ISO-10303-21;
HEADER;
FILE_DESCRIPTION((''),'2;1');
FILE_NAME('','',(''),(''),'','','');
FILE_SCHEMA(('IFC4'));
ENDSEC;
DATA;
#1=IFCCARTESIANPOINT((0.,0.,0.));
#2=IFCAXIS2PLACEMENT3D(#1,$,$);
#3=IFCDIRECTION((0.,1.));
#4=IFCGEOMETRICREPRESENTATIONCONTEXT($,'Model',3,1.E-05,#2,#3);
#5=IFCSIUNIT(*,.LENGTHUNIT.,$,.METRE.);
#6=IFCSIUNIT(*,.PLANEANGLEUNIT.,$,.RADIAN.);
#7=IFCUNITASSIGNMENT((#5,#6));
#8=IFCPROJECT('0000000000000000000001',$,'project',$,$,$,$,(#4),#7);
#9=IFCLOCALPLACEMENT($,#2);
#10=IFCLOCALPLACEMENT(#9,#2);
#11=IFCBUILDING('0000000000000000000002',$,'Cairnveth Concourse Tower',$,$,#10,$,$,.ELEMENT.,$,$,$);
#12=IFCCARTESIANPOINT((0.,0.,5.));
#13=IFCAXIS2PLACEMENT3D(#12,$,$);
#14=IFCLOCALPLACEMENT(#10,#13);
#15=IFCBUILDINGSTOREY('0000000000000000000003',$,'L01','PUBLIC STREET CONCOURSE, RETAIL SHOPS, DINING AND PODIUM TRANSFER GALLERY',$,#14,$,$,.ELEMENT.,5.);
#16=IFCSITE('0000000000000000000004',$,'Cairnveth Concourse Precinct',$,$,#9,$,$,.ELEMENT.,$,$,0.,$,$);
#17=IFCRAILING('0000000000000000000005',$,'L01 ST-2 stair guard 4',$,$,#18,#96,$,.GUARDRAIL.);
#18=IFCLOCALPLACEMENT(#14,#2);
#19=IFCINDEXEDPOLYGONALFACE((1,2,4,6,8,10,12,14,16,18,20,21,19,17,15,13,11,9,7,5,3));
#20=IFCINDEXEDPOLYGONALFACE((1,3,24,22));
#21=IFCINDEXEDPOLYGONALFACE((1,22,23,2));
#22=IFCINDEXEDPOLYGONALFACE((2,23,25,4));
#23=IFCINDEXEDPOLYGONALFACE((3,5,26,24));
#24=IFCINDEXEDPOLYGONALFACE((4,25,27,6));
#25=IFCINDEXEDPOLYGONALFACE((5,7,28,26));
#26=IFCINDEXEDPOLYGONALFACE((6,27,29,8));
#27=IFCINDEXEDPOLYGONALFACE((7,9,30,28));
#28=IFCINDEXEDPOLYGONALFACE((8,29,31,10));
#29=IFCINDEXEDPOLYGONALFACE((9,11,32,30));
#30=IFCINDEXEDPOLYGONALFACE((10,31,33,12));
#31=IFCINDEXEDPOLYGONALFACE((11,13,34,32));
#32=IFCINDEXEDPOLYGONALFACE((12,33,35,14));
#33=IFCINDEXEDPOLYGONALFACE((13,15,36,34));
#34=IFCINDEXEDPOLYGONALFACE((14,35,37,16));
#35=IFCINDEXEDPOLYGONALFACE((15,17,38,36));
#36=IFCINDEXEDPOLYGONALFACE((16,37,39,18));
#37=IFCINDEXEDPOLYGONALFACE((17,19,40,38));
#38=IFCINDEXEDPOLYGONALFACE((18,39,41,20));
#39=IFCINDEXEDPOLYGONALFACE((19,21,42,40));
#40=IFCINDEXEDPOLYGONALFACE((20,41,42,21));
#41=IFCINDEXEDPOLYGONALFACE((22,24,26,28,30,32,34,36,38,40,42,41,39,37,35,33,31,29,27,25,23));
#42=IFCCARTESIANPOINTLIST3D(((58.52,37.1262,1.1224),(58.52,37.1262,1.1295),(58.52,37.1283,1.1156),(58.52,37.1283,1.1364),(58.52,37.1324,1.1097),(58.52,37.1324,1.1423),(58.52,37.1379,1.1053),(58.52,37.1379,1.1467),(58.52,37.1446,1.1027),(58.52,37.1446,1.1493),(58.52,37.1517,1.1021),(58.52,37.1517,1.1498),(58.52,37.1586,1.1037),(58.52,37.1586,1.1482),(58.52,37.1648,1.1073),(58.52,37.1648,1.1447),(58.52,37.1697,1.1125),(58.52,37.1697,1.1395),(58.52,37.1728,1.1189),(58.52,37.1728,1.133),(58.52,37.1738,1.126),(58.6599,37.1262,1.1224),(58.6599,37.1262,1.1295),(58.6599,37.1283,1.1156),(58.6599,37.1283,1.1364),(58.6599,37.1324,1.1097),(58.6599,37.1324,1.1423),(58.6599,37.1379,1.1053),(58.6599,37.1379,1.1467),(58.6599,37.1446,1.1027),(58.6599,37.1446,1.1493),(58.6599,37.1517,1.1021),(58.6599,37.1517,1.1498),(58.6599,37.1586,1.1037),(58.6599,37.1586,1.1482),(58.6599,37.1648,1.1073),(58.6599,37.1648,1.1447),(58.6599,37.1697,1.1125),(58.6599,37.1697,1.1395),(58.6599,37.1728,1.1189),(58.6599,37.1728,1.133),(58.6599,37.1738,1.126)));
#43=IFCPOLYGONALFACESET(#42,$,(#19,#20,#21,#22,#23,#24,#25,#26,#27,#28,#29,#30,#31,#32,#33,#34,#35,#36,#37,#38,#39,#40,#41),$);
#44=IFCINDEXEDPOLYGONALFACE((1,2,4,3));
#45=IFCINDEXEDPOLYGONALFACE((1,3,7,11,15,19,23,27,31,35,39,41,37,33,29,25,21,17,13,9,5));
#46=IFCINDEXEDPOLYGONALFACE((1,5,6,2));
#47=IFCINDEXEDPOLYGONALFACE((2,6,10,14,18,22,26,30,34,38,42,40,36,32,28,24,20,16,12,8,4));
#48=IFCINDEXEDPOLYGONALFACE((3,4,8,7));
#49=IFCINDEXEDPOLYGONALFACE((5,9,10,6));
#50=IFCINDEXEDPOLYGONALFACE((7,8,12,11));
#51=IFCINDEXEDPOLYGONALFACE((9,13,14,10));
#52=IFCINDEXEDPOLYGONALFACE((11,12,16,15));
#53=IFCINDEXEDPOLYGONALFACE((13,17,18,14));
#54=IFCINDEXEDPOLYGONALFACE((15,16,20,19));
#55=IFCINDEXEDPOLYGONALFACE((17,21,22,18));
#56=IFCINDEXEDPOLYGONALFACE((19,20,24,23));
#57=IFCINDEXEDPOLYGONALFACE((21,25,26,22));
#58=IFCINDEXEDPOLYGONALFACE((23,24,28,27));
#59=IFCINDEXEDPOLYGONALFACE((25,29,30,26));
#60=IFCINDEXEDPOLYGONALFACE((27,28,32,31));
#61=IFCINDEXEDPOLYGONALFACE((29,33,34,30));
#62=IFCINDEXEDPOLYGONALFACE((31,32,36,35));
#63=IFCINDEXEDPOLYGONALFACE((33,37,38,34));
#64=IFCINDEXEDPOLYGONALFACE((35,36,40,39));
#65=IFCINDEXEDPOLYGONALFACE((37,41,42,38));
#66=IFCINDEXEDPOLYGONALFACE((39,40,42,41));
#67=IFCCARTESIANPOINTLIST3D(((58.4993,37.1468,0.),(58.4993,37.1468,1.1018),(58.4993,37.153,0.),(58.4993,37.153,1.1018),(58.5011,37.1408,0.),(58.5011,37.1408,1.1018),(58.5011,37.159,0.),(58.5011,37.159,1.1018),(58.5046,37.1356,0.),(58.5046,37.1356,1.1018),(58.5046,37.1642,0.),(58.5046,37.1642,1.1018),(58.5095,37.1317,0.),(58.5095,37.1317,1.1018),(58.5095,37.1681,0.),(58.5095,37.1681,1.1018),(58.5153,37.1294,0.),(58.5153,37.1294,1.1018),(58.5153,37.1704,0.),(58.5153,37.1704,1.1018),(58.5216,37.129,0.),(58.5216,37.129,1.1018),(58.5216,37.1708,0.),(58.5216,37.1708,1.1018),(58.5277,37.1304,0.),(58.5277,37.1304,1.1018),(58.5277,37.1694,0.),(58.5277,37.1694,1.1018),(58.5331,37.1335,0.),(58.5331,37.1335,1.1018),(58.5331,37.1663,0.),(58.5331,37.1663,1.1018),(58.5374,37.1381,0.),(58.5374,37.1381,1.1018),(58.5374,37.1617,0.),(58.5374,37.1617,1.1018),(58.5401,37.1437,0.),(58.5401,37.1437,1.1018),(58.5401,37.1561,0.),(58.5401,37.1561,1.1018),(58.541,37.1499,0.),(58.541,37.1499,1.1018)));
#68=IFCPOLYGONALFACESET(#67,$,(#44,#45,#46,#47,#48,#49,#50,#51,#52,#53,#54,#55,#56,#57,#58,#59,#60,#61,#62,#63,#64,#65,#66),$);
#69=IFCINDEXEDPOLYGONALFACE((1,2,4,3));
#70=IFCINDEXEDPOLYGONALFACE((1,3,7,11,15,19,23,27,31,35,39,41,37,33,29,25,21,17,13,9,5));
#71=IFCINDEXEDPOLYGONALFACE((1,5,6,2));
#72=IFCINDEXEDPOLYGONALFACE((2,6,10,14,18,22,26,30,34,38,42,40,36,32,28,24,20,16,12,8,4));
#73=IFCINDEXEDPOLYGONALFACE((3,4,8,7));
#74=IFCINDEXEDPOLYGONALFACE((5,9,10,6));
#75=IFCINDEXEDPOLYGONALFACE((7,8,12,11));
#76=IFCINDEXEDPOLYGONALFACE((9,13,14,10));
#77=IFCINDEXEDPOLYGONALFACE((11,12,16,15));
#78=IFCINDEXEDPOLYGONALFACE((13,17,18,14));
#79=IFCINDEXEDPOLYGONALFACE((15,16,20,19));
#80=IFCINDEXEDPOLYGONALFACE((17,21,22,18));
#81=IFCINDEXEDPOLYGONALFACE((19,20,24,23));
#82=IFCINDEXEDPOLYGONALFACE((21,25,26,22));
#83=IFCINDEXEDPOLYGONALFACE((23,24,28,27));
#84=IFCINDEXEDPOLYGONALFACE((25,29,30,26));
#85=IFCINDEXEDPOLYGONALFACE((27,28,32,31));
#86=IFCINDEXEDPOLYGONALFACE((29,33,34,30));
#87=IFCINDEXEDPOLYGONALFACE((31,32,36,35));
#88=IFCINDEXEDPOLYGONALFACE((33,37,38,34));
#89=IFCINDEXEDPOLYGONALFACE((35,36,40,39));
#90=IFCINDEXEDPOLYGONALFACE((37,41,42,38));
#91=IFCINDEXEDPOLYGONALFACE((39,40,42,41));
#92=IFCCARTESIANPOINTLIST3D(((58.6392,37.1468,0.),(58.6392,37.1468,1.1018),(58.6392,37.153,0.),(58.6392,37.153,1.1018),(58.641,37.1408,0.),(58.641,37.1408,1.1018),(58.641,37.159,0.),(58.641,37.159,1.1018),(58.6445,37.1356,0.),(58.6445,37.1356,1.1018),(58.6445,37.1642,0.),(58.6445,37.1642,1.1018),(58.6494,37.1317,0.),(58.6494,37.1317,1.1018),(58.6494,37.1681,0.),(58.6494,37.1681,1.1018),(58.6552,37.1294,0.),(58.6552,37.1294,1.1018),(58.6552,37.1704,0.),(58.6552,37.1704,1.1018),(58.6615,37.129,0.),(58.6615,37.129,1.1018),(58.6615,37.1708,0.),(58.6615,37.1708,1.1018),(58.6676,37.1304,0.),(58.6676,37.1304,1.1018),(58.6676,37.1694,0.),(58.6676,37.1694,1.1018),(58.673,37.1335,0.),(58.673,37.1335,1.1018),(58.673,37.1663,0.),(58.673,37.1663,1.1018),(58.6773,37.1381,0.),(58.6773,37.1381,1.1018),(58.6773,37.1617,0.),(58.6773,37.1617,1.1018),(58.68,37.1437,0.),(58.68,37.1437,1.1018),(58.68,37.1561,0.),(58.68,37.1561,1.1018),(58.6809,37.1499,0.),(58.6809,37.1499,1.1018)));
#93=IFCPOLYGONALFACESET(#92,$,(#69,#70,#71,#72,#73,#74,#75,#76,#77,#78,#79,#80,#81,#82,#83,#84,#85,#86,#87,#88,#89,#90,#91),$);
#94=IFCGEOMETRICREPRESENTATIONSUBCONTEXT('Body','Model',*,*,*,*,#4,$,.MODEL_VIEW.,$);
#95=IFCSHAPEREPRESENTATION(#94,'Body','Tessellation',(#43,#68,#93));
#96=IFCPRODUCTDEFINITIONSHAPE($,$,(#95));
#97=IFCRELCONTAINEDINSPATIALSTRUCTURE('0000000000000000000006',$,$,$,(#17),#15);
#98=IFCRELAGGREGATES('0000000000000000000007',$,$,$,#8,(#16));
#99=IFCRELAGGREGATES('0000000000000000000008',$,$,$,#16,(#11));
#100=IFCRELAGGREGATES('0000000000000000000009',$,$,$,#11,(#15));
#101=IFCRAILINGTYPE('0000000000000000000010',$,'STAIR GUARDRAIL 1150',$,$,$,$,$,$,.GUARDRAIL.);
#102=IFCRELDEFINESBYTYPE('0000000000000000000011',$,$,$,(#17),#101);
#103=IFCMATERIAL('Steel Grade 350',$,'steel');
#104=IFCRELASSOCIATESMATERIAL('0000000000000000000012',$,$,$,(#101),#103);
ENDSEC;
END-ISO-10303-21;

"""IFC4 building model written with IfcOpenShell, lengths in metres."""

from ifc_helpers import new_model, si_unit, direction, frame, origin, origin_2d, place, context, subcontext, project, spatial, circle, extrude, material, type_object, element, save


model = new_model("IFC4")

# Units and contexts
model_context = context("Model", 3, precision=1e-05, world=origin(), true_north=direction((0.0, 1.0)))
body_context = subcontext(model_context, "Body", "Model", "MODEL_VIEW")
ifc_project = project(units=[si_unit("LENGTHUNIT", "METRE"), si_unit("PLANEANGLEUNIT", "RADIAN")], contexts=[model_context])

# Site, building, storey
site_placement = place(None, origin())
site = spatial("IfcSite", under=ifc_project, at=site_placement, Name="Cairnveth Concourse Precinct", CompositionType="ELEMENT", RefElevation=0.0)
building_placement = place(site_placement, origin())
building = spatial("IfcBuilding", under=site, at=building_placement, Name="Cairnveth Concourse Tower", CompositionType="ELEMENT")
storey_placement = place(building_placement, frame((0.0, 0.0, 5.0)))
storey = spatial("IfcBuildingStorey", under=building, at=storey_placement, Name="L01", Description="PUBLIC STREET CONCOURSE, RETAIL SHOPS, DINING AND PODIUM TRANSFER GALLERY", CompositionType="ELEMENT", Elevation=5.0)

# Shared definitions
ifc_material_1 = material(Name="Steel Grade 350", Category="steel")

# Railing
railing_type_1 = type_object("IfcRailingType", Name="STAIR GUARDRAIL 1150", PredefinedType="GUARDRAIL", material=ifc_material_1)
railing_1_placement = place(storey_placement, frame((58.52, 37.1499, 0.0)))
element("IfcRailing", 1, at=railing_1_placement, inside=storey, type_object=railing_type_1, Name="L01 ST-2 stair guard 4", PredefinedType="GUARDRAIL", context=body_context, shape_type="SweptSolid", body=[
    extrude(circle(Radius=0.0239, at=origin_2d()), frame((0.0, 0.0, 1.126), z_axis=(1.0, 0.0, 0.0), x_axis=(0.0, 1.0, 0.0)), (0.0, 0.0, 1.0), 0.1399),
    extrude(circle(Radius=0.021, at=origin_2d()), origin(), (0.0, 0.0, 1.0), 1.1018),
    extrude(circle(Radius=0.021, at=origin_2d()), frame((0.1399, 0.0, 0.0)), (0.0, 0.0, 1.0), 1.1018),
])

save(model, "model.ifc")
